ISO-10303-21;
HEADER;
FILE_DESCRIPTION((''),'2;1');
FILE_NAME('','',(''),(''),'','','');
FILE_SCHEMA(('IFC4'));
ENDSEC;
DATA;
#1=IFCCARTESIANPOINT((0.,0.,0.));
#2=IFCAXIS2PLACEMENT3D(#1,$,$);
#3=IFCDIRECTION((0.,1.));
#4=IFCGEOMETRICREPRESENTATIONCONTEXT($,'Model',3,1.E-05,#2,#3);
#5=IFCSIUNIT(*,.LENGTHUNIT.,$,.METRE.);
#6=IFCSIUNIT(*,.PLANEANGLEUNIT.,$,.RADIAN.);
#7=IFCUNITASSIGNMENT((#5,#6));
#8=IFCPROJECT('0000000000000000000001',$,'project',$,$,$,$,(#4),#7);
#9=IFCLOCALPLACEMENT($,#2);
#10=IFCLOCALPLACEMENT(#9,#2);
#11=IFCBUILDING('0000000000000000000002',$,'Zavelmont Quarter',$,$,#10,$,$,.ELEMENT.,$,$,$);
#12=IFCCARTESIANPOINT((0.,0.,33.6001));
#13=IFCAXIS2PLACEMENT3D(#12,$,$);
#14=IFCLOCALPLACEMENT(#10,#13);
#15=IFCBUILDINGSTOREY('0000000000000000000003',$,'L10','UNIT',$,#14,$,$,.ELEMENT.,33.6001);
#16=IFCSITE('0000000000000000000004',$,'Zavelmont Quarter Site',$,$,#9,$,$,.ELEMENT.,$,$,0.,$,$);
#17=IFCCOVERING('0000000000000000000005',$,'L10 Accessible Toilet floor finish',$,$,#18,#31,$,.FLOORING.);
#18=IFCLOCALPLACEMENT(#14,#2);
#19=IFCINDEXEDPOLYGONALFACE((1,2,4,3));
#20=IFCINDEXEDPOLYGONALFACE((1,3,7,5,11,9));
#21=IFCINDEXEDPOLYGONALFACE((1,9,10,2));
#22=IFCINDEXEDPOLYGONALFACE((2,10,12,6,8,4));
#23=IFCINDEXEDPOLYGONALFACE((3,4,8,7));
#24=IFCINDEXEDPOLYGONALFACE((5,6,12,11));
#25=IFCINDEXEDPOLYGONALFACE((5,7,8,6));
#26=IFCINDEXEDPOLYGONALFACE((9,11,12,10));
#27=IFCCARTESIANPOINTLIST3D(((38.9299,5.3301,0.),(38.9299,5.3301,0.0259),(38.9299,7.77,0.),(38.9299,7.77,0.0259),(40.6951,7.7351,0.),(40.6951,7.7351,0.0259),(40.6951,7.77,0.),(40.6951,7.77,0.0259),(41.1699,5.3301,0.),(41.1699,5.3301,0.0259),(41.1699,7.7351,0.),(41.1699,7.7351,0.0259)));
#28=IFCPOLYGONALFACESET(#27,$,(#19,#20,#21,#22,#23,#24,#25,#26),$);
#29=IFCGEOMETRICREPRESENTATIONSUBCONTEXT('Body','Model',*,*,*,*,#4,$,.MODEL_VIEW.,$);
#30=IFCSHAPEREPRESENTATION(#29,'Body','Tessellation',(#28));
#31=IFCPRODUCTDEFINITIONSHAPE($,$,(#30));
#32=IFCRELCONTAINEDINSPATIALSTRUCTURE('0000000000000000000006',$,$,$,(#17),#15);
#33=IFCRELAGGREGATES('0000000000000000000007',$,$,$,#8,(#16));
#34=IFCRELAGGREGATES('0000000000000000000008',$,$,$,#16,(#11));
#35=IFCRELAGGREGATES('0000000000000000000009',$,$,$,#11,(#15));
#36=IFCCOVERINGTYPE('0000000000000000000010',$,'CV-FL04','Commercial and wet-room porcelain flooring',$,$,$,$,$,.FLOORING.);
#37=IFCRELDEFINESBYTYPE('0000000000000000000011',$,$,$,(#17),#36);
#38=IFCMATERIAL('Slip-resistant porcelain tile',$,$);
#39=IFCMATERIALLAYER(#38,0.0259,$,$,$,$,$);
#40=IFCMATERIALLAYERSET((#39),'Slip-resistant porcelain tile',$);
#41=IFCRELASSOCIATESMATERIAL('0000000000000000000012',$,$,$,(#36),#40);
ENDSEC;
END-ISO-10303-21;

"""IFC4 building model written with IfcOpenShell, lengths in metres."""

from ifc_helpers import new_model, si_unit, direction, frame, origin, place, context, subcontext, project, spatial, polyline, outline, extrude, material, layer, layer_set, type_object, element, save


model = new_model("IFC4")

# Units and contexts
model_context = context("Model", 3, precision=1e-05, world=origin(), true_north=direction((0.0, 1.0)))
body_context = subcontext(model_context, "Body", "Model", "MODEL_VIEW")
ifc_project = project(units=[si_unit("LENGTHUNIT", "METRE"), si_unit("PLANEANGLEUNIT", "RADIAN")], contexts=[model_context])

# Site, building, storey
site_placement = place(None, origin())
site = spatial("IfcSite", under=ifc_project, at=site_placement, Name="Zavelmont Quarter Site", CompositionType="ELEMENT", RefElevation=0.0)
building_placement = place(site_placement, origin())
building = spatial("IfcBuilding", under=site, at=building_placement, Name="Zavelmont Quarter", CompositionType="ELEMENT")
storey_placement = place(building_placement, frame((0.0, 0.0, 33.6001)))
storey = spatial("IfcBuildingStorey", under=building, at=storey_placement, Name="L10", Description="UNIT", CompositionType="ELEMENT", Elevation=33.6001)

# Covering
ifc_material_1 = material(Name="Slip-resistant porcelain tile")
ifc_layer_1 = layer(ifc_material_1, 0.0259)
ifc_layer_set_1 = layer_set([ifc_layer_1], Name="Slip-resistant porcelain tile")
covering_type_1 = type_object("IfcCoveringType", Name="CV-FL04", Description="Commercial and wet-room porcelain flooring", PredefinedType="FLOORING", material=ifc_layer_set_1)
covering_1_placement = place(storey_placement, origin())
element("IfcCovering", 1, at=covering_1_placement, inside=storey, type_object=covering_type_1, Name="L10 Accessible Toilet floor finish", PredefinedType="FLOORING", context=body_context, shape_type="SweptSolid", body=[
    extrude(outline(polyline([(38.9299, 7.77), (40.6951, 7.77), (40.6951, 7.7351), (41.1699, 7.7351), (41.1699, 5.3301), (38.9299, 5.3301), (38.9299, 7.77)])), origin(), (0.0, 0.0, 1.0), 0.0259),
])

save(model, "model.ifc")
